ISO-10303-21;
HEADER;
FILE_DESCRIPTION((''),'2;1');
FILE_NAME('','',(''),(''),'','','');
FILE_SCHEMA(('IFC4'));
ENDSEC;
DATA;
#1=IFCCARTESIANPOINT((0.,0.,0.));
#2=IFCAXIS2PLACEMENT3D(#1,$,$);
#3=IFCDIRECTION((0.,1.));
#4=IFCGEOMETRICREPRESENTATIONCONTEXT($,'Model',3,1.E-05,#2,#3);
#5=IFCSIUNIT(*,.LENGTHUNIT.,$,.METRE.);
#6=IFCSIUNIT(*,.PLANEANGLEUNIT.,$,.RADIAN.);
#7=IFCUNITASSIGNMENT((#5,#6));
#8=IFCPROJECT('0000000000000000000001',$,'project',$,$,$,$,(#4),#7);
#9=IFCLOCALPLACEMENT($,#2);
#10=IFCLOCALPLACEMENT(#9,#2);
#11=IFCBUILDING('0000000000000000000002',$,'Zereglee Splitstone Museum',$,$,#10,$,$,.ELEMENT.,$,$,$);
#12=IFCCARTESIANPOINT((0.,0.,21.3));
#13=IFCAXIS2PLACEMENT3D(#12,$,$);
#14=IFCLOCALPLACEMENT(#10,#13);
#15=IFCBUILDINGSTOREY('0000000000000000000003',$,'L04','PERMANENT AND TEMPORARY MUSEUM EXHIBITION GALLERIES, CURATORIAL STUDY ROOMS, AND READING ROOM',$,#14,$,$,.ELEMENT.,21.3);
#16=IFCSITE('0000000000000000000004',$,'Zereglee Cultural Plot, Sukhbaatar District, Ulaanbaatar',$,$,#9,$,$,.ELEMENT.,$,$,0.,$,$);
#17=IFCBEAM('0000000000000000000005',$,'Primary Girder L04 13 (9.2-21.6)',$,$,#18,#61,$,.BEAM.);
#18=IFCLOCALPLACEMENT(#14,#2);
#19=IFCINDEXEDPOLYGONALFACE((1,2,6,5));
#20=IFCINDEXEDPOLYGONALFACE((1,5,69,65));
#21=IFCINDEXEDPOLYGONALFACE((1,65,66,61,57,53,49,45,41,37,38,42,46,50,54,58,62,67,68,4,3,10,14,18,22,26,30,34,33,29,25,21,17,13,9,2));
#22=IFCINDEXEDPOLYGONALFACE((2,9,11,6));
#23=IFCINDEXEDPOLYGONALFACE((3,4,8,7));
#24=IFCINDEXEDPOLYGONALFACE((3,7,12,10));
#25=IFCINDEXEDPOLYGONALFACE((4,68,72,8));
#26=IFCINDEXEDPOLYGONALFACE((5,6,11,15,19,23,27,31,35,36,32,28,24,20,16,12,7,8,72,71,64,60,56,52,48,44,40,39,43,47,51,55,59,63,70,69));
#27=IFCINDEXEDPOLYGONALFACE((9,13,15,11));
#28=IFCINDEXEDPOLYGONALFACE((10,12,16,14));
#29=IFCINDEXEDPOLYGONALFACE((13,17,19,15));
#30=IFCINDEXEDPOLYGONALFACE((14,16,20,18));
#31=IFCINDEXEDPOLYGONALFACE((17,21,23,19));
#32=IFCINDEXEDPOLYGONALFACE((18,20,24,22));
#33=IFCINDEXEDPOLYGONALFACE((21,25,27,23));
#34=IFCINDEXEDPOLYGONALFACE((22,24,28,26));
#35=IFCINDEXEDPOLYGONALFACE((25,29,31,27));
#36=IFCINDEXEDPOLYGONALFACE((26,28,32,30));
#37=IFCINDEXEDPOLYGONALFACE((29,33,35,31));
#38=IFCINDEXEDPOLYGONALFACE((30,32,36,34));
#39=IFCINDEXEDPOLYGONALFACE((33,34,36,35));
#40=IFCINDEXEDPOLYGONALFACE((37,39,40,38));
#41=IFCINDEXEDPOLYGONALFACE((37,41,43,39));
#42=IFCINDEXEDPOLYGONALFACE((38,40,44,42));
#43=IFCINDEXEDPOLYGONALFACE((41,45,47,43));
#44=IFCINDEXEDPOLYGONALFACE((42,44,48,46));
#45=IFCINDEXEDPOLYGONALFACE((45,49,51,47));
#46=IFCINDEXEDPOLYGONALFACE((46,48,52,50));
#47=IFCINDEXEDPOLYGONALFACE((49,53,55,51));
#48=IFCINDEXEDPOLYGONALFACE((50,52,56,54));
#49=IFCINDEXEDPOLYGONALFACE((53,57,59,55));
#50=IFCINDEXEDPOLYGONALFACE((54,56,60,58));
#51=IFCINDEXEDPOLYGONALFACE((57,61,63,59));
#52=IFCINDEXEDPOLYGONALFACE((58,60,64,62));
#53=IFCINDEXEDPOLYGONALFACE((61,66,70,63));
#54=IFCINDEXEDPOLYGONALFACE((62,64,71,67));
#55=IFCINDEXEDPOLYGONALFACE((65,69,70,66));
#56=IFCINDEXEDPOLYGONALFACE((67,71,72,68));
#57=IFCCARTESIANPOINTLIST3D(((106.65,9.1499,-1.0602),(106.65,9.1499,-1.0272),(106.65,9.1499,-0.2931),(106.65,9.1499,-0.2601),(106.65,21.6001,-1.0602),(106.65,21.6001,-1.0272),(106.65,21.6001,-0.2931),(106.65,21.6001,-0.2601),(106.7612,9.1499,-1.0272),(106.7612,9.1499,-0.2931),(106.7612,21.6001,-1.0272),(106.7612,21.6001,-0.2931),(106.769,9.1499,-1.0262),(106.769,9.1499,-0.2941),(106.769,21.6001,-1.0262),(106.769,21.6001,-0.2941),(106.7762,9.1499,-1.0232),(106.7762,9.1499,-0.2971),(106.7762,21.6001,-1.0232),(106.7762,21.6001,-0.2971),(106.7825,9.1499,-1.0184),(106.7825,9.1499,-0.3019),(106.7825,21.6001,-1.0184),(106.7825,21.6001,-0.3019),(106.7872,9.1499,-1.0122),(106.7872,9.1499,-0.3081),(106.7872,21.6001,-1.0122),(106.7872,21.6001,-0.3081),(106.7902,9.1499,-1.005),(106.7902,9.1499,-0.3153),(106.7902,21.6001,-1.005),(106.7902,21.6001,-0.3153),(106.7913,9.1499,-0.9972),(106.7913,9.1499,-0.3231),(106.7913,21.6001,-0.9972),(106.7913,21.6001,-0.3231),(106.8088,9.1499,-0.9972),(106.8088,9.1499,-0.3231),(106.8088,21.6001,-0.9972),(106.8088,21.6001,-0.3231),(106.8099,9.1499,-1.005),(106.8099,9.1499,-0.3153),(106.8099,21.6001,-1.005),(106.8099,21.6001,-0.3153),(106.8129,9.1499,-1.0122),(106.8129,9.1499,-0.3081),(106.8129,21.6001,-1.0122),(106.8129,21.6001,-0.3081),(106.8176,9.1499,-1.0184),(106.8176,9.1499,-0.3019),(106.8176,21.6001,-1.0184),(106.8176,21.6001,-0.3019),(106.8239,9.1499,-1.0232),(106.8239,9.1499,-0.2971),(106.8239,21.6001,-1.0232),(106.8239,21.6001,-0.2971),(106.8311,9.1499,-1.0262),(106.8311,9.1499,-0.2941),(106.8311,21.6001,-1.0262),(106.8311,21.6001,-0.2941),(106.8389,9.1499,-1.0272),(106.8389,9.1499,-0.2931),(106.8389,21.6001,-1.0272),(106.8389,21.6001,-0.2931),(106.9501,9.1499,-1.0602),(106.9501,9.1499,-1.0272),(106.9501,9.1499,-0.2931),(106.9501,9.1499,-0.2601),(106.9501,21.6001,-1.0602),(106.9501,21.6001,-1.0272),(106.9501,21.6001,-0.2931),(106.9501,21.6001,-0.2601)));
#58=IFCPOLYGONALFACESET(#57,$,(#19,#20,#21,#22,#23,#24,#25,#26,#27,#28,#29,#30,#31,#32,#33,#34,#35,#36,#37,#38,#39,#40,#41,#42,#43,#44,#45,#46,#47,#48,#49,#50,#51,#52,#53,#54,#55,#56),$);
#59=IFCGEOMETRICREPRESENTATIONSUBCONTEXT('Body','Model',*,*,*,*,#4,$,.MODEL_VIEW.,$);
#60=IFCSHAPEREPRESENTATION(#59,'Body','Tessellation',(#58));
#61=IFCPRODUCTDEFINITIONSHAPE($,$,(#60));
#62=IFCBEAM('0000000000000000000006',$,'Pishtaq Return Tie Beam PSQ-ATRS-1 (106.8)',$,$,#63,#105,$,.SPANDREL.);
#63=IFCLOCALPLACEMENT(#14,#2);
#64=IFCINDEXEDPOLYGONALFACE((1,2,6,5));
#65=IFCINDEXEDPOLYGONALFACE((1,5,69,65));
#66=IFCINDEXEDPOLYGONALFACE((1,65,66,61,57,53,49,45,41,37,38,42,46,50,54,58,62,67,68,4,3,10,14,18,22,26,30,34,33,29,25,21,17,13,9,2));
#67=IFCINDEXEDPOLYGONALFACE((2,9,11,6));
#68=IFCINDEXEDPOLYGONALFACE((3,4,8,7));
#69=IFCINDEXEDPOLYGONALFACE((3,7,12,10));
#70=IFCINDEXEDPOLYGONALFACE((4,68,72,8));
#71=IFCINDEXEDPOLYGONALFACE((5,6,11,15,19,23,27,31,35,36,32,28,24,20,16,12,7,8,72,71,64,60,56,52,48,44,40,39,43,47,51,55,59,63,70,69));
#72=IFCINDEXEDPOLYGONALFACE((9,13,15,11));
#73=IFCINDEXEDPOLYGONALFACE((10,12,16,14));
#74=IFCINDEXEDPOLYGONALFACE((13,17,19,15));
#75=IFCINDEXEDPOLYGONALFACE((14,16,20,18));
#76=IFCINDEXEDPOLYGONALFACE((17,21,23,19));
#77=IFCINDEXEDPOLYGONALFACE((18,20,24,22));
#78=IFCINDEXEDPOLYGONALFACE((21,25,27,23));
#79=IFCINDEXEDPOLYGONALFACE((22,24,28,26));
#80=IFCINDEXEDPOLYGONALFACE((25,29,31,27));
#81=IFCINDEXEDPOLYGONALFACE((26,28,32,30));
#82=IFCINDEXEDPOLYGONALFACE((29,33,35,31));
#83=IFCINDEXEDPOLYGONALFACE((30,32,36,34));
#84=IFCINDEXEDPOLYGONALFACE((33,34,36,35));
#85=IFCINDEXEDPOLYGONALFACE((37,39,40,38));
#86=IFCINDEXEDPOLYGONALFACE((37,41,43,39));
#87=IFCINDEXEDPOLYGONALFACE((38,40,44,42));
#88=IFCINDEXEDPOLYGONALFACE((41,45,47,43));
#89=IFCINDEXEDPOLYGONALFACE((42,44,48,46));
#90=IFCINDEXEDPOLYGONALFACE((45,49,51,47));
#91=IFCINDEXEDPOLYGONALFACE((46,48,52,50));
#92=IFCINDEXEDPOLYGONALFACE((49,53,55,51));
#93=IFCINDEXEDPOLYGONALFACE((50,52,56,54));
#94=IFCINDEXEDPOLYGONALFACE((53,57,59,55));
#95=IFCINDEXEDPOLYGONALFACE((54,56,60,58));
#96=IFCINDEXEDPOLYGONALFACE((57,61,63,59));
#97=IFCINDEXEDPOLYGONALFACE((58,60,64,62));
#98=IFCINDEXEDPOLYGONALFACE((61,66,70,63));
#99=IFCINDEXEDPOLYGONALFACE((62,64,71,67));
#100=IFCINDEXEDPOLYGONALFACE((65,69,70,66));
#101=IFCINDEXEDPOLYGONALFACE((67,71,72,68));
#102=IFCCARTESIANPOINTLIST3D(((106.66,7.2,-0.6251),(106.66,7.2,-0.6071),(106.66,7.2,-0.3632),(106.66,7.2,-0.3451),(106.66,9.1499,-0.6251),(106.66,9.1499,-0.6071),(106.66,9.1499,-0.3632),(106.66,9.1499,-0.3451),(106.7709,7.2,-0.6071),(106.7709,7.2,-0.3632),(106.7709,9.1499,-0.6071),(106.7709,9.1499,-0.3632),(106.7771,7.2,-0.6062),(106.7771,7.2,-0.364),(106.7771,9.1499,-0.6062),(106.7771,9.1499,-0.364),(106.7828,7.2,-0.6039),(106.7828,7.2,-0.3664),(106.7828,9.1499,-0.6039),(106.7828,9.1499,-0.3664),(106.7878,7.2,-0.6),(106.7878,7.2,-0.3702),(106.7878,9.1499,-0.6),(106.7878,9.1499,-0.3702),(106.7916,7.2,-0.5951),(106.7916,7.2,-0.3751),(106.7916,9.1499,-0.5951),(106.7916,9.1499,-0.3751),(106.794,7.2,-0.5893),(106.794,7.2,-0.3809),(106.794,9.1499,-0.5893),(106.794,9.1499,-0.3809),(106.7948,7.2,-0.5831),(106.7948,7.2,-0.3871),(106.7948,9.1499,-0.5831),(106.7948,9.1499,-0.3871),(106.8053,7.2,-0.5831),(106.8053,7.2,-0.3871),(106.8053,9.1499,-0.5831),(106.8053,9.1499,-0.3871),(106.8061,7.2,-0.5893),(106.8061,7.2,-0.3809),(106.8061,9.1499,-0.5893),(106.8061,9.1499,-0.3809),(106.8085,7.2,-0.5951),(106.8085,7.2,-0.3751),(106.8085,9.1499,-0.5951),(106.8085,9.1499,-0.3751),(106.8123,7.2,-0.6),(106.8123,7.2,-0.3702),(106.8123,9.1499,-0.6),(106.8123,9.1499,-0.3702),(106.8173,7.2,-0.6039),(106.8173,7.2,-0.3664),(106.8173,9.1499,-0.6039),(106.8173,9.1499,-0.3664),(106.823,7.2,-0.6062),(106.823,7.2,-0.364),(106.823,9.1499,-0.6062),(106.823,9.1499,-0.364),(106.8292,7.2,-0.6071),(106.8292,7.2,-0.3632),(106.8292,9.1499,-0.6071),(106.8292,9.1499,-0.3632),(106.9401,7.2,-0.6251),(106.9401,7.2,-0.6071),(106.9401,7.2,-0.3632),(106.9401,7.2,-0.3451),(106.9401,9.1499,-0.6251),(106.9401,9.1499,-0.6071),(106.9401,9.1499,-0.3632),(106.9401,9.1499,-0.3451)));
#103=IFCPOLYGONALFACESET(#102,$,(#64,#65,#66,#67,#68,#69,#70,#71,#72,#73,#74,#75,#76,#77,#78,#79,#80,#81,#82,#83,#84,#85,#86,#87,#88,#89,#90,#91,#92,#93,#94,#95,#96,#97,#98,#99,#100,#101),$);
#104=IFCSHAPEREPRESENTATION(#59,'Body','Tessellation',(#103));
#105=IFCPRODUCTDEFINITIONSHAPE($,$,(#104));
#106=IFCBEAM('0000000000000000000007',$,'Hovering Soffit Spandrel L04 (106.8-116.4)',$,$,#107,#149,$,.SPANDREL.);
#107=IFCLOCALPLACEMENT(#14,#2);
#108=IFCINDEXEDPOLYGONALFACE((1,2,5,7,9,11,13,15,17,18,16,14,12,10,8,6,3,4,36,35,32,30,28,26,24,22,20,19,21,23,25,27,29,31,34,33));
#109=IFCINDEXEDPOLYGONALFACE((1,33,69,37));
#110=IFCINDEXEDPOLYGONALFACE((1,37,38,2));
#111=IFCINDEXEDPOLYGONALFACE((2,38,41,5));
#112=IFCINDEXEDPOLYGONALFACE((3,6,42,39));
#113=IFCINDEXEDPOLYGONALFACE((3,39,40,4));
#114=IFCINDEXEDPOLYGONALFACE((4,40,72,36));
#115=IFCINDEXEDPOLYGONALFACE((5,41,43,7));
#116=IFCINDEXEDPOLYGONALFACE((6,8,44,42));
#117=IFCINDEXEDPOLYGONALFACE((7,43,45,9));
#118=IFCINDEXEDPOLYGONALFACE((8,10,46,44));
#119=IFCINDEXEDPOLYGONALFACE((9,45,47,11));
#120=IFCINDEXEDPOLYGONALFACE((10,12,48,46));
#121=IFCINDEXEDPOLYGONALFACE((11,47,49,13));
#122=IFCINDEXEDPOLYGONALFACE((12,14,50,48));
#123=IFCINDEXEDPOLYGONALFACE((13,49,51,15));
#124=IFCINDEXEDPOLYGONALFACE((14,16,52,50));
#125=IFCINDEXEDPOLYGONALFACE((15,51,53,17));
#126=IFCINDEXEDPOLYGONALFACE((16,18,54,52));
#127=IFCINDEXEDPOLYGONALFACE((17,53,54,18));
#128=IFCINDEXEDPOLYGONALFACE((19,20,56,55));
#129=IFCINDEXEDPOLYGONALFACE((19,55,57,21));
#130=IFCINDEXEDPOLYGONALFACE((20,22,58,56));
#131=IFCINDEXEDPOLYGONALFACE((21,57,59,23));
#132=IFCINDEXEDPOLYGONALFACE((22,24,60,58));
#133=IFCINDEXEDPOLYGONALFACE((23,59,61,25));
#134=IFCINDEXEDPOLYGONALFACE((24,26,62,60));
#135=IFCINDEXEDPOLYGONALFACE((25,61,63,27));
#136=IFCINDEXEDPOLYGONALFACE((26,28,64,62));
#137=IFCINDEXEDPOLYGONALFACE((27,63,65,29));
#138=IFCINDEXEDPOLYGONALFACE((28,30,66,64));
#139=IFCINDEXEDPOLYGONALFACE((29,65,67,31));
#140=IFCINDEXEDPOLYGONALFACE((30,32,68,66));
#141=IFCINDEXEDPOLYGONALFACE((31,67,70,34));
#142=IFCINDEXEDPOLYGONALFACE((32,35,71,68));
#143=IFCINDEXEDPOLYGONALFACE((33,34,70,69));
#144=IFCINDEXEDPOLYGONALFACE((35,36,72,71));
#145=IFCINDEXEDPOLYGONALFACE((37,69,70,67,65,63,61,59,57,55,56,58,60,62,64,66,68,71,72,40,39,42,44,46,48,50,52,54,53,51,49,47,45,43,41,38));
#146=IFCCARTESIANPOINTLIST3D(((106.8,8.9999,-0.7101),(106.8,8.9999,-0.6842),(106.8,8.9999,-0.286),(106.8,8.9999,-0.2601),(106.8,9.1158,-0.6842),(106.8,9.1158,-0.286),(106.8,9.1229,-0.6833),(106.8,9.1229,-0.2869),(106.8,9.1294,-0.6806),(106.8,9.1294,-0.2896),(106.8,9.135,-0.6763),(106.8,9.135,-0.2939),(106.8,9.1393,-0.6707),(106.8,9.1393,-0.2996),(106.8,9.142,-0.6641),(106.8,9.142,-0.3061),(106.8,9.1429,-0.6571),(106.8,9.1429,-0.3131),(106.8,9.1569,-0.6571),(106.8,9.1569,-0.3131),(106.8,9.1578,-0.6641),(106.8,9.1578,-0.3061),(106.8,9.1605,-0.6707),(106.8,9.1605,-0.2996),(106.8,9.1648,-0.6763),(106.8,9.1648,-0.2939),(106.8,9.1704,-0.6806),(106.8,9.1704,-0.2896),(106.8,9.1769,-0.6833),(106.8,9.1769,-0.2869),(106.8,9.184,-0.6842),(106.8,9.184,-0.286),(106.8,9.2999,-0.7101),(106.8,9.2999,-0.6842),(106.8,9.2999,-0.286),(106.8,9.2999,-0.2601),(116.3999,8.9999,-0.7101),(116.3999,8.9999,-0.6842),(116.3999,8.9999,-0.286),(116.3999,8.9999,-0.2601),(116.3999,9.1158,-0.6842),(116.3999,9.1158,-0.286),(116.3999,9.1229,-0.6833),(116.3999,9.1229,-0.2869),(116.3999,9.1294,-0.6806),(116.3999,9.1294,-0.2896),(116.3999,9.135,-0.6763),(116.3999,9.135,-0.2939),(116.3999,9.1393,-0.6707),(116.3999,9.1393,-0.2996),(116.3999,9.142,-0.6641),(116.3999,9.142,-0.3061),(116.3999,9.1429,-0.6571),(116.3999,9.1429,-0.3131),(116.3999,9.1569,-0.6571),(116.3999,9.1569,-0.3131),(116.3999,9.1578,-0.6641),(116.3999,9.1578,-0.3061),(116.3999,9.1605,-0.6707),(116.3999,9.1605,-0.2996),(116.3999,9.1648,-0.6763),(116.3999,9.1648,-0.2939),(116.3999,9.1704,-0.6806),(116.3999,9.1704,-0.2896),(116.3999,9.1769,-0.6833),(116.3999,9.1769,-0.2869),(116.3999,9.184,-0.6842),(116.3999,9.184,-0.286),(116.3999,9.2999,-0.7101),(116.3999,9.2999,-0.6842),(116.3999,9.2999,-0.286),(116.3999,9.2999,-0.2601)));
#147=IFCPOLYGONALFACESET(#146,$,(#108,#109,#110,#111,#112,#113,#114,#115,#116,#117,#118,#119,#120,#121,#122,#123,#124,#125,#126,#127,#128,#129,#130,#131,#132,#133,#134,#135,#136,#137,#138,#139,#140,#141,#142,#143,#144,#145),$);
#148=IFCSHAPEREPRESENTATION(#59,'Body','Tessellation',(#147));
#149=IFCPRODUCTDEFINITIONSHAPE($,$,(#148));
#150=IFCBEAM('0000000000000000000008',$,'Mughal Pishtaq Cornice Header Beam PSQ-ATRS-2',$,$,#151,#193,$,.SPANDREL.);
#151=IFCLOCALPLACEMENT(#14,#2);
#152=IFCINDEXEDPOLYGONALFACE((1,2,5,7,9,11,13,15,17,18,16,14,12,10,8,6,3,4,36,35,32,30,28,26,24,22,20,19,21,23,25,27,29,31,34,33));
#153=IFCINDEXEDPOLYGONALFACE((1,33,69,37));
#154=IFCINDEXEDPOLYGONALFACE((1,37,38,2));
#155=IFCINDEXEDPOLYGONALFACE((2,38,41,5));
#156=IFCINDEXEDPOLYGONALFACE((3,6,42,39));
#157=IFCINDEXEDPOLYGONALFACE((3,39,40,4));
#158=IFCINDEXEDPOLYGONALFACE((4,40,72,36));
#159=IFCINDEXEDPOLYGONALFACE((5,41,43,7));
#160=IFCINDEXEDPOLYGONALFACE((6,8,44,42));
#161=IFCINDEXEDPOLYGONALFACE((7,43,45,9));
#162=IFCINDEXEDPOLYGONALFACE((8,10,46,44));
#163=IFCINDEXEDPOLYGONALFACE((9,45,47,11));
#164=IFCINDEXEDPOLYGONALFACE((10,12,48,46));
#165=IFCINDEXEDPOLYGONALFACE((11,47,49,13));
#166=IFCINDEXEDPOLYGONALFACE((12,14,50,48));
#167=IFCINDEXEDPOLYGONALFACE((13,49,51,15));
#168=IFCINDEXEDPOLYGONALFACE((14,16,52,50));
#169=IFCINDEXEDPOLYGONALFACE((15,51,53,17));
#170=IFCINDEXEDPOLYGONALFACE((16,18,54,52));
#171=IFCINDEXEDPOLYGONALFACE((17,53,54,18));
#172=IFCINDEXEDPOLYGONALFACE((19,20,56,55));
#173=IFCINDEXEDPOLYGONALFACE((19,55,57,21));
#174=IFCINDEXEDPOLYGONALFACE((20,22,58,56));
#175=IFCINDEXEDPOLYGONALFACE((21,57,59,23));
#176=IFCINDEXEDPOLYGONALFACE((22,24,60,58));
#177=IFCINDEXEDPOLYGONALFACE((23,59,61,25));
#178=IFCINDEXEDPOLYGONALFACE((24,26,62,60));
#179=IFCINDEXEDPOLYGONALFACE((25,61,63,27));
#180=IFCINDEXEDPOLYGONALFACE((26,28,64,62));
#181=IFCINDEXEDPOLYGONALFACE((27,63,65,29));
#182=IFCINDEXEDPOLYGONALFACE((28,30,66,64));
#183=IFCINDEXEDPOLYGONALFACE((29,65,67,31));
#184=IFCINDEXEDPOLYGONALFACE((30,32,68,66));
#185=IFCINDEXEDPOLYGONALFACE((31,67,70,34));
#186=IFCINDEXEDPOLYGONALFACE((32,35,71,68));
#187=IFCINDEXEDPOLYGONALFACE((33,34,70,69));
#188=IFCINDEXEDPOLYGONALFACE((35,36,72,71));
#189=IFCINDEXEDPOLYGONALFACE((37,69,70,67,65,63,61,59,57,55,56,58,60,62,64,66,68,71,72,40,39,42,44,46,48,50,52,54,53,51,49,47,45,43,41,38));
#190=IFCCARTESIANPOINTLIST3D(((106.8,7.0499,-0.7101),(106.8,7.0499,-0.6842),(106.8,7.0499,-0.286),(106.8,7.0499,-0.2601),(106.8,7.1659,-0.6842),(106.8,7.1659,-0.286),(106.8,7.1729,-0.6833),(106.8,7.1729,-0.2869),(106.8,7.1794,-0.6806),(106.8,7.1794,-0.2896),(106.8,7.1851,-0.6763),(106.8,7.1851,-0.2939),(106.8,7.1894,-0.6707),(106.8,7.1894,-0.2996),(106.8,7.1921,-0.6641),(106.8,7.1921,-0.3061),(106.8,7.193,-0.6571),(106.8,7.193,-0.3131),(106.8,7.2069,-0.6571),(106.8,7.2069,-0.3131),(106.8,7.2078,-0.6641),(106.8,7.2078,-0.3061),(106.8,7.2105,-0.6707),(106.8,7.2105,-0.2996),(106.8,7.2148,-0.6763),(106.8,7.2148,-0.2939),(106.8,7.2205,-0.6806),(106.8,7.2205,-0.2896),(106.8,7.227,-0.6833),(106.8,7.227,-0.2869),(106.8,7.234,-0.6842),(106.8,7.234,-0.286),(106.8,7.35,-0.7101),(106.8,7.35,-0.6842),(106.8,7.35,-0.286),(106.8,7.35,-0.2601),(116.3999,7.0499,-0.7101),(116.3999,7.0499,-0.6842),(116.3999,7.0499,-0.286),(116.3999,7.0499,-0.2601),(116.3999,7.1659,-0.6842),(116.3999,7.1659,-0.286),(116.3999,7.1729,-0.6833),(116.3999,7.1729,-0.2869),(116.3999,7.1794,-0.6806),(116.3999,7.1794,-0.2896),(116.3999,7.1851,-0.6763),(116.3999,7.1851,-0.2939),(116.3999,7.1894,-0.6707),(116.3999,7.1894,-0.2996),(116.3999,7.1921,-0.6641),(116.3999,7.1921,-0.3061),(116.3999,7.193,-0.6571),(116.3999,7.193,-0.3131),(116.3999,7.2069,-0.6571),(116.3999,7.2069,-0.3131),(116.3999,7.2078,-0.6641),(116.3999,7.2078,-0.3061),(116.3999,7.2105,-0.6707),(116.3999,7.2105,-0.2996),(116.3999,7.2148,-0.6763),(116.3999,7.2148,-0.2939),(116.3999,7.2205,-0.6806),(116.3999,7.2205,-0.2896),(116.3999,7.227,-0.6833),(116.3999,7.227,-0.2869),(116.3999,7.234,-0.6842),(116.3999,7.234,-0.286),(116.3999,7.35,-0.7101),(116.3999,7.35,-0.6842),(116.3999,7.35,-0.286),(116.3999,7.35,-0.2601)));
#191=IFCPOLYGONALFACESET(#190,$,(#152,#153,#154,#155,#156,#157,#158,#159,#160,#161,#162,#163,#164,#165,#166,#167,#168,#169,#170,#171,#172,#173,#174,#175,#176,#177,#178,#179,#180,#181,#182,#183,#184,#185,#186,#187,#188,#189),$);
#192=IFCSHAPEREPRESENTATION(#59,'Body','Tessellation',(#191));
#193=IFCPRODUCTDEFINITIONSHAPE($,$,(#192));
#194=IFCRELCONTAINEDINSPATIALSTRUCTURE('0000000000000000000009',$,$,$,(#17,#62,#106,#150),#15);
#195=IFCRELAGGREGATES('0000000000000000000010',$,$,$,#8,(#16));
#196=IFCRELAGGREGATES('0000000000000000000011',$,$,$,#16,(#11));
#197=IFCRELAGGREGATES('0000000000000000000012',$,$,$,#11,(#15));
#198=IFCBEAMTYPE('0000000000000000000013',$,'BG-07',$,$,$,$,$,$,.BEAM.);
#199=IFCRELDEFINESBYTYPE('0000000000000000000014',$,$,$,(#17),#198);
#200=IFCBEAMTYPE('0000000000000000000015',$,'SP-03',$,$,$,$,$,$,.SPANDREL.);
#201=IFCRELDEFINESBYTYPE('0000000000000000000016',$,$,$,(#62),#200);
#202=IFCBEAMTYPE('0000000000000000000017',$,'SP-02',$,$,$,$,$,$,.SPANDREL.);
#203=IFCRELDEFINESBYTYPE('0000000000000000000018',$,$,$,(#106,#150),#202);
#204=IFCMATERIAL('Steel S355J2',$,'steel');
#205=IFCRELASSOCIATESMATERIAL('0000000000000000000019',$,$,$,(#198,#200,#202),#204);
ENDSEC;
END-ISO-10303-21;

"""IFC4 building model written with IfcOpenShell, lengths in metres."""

from ifc_helpers import new_model, si_unit, direction, frame, origin, origin_2d, place, context, subcontext, project, spatial, i_section, extrude, material, material_profile, profile_set, type_object, element, save


model = new_model("IFC4")

# Units and contexts
model_context = context("Model", 3, precision=1e-05, world=origin(), true_north=direction((0.0, 1.0)))
body_context = subcontext(model_context, "Body", "Model", "MODEL_VIEW")
ifc_project = project(units=[si_unit("LENGTHUNIT", "METRE"), si_unit("PLANEANGLEUNIT", "RADIAN")], contexts=[model_context])

# Site, building, storey
site_placement = place(None, origin())
site = spatial("IfcSite", under=ifc_project, at=site_placement, Name="Zereglee Cultural Plot, Sukhbaatar District, Ulaanbaatar", CompositionType="ELEMENT", RefElevation=0.0)
building_placement = place(site_placement, origin())
building = spatial("IfcBuilding", under=site, at=building_placement, Name="Zereglee Splitstone Museum", CompositionType="ELEMENT")
storey_placement = place(building_placement, frame((0.0, 0.0, 21.3)))
storey = spatial("IfcBuildingStorey", under=building, at=storey_placement, Name="L04", Description="PERMANENT AND TEMPORARY MUSEUM EXHIBITION GALLERIES, CURATORIAL STUDY ROOMS, AND READING ROOM", CompositionType="ELEMENT", Elevation=21.3)

# Beams
ifc_material_1 = material(Name="Steel S355J2", Category="steel")
ifc_material_profile_1 = material_profile(ifc_material_1, i_section(OverallWidth=0.3, OverallDepth=0.8, WebThickness=0.0176, FlangeThickness=0.033, FilletRadius=0.03, at=origin_2d()), Name="HE 800 B")
ifc_profile_set_1 = profile_set([ifc_material_profile_1], Name="Steel S355J2")
beam_type_1 = type_object("IfcBeamType", Name="BG-07", PredefinedType="BEAM", material=ifc_profile_set_1)
beam_1_placement = place(storey_placement, frame((106.8, 9.1499, -0.6602), z_axis=(0.0, 1.0, 0.0), x_axis=(-1.0, 0.0, 0.0)))
element("IfcBeam", 1, at=beam_1_placement, inside=storey, type_object=beam_type_1, Name="Primary Girder L04 13 (9.2-21.6)", PredefinedType="BEAM", context=body_context, shape_type="SweptSolid", body=[
    extrude(i_section(OverallWidth=0.3, OverallDepth=0.8, WebThickness=0.0176, FlangeThickness=0.033, FilletRadius=0.03, at=origin_2d()), origin(), (0.0, 0.0, 1.0), 12.4502),
])
ifc_material_profile_2 = material_profile(ifc_material_1, i_section(OverallWidth=0.28, OverallDepth=0.28, WebThickness=0.0105, FlangeThickness=0.0181, FilletRadius=0.0239, at=origin_2d()), Name="HE 280 B")
ifc_profile_set_2 = profile_set([ifc_material_profile_2], Name="Steel S355J2")
beam_type_2 = type_object("IfcBeamType", Name="SP-03", PredefinedType="SPANDREL", material=ifc_profile_set_2)
beam_2_placement = place(storey_placement, frame((106.8, 7.2, -0.4851), z_axis=(0.0, 1.0, 0.0), x_axis=(-1.0, 0.0, 0.0)))
element("IfcBeam", 2, at=beam_2_placement, inside=storey, type_object=beam_type_2, Name="Pishtaq Return Tie Beam PSQ-ATRS-1 (106.8)", PredefinedType="SPANDREL", context=body_context, shape_type="SweptSolid", body=[
    extrude(i_section(OverallWidth=0.28, OverallDepth=0.28, WebThickness=0.0105, FlangeThickness=0.0181, FilletRadius=0.0239, at=origin_2d()), origin(), (0.0, 0.0, 1.0), 1.95),
])
ifc_material_profile_3 = material_profile(ifc_material_1, i_section(OverallWidth=0.3, OverallDepth=0.45, WebThickness=0.0139, FlangeThickness=0.0259, FilletRadius=0.0271, at=origin_2d()), Name="HE 450 B")
ifc_profile_set_3 = profile_set([ifc_material_profile_3], Name="Steel S355J2")
beam_type_3 = type_object("IfcBeamType", Name="SP-02", PredefinedType="SPANDREL", material=ifc_profile_set_3)
for number, where, z_axis, x_axis, name in (
    (3, (106.8, 9.1499, -0.4851), (1.0, 0.0, 0.0), (0.0, 1.0, 0.0), "Hovering Soffit Spandrel L04 (106.8-116.4)"),
    (4, (106.8, 7.2, -0.4851), (1.0, 0.0, 0.0), (0.0, 1.0, 0.0), "Mughal Pishtaq Cornice Header Beam PSQ-ATRS-2"),
):
    element("IfcBeam", number, at=place(storey_placement, frame(where, z_axis=z_axis, x_axis=x_axis)), inside=storey, type_object=beam_type_3, Name=name, PredefinedType="SPANDREL", context=body_context, shape_type="SweptSolid", body=[
        extrude(i_section(OverallWidth=0.3, OverallDepth=0.45, WebThickness=0.0139, FlangeThickness=0.0259, FilletRadius=0.0271, at=origin_2d()), origin(), (0.0, 0.0, 1.0), 9.5999),
    ])

save(model, "model.ifc")
